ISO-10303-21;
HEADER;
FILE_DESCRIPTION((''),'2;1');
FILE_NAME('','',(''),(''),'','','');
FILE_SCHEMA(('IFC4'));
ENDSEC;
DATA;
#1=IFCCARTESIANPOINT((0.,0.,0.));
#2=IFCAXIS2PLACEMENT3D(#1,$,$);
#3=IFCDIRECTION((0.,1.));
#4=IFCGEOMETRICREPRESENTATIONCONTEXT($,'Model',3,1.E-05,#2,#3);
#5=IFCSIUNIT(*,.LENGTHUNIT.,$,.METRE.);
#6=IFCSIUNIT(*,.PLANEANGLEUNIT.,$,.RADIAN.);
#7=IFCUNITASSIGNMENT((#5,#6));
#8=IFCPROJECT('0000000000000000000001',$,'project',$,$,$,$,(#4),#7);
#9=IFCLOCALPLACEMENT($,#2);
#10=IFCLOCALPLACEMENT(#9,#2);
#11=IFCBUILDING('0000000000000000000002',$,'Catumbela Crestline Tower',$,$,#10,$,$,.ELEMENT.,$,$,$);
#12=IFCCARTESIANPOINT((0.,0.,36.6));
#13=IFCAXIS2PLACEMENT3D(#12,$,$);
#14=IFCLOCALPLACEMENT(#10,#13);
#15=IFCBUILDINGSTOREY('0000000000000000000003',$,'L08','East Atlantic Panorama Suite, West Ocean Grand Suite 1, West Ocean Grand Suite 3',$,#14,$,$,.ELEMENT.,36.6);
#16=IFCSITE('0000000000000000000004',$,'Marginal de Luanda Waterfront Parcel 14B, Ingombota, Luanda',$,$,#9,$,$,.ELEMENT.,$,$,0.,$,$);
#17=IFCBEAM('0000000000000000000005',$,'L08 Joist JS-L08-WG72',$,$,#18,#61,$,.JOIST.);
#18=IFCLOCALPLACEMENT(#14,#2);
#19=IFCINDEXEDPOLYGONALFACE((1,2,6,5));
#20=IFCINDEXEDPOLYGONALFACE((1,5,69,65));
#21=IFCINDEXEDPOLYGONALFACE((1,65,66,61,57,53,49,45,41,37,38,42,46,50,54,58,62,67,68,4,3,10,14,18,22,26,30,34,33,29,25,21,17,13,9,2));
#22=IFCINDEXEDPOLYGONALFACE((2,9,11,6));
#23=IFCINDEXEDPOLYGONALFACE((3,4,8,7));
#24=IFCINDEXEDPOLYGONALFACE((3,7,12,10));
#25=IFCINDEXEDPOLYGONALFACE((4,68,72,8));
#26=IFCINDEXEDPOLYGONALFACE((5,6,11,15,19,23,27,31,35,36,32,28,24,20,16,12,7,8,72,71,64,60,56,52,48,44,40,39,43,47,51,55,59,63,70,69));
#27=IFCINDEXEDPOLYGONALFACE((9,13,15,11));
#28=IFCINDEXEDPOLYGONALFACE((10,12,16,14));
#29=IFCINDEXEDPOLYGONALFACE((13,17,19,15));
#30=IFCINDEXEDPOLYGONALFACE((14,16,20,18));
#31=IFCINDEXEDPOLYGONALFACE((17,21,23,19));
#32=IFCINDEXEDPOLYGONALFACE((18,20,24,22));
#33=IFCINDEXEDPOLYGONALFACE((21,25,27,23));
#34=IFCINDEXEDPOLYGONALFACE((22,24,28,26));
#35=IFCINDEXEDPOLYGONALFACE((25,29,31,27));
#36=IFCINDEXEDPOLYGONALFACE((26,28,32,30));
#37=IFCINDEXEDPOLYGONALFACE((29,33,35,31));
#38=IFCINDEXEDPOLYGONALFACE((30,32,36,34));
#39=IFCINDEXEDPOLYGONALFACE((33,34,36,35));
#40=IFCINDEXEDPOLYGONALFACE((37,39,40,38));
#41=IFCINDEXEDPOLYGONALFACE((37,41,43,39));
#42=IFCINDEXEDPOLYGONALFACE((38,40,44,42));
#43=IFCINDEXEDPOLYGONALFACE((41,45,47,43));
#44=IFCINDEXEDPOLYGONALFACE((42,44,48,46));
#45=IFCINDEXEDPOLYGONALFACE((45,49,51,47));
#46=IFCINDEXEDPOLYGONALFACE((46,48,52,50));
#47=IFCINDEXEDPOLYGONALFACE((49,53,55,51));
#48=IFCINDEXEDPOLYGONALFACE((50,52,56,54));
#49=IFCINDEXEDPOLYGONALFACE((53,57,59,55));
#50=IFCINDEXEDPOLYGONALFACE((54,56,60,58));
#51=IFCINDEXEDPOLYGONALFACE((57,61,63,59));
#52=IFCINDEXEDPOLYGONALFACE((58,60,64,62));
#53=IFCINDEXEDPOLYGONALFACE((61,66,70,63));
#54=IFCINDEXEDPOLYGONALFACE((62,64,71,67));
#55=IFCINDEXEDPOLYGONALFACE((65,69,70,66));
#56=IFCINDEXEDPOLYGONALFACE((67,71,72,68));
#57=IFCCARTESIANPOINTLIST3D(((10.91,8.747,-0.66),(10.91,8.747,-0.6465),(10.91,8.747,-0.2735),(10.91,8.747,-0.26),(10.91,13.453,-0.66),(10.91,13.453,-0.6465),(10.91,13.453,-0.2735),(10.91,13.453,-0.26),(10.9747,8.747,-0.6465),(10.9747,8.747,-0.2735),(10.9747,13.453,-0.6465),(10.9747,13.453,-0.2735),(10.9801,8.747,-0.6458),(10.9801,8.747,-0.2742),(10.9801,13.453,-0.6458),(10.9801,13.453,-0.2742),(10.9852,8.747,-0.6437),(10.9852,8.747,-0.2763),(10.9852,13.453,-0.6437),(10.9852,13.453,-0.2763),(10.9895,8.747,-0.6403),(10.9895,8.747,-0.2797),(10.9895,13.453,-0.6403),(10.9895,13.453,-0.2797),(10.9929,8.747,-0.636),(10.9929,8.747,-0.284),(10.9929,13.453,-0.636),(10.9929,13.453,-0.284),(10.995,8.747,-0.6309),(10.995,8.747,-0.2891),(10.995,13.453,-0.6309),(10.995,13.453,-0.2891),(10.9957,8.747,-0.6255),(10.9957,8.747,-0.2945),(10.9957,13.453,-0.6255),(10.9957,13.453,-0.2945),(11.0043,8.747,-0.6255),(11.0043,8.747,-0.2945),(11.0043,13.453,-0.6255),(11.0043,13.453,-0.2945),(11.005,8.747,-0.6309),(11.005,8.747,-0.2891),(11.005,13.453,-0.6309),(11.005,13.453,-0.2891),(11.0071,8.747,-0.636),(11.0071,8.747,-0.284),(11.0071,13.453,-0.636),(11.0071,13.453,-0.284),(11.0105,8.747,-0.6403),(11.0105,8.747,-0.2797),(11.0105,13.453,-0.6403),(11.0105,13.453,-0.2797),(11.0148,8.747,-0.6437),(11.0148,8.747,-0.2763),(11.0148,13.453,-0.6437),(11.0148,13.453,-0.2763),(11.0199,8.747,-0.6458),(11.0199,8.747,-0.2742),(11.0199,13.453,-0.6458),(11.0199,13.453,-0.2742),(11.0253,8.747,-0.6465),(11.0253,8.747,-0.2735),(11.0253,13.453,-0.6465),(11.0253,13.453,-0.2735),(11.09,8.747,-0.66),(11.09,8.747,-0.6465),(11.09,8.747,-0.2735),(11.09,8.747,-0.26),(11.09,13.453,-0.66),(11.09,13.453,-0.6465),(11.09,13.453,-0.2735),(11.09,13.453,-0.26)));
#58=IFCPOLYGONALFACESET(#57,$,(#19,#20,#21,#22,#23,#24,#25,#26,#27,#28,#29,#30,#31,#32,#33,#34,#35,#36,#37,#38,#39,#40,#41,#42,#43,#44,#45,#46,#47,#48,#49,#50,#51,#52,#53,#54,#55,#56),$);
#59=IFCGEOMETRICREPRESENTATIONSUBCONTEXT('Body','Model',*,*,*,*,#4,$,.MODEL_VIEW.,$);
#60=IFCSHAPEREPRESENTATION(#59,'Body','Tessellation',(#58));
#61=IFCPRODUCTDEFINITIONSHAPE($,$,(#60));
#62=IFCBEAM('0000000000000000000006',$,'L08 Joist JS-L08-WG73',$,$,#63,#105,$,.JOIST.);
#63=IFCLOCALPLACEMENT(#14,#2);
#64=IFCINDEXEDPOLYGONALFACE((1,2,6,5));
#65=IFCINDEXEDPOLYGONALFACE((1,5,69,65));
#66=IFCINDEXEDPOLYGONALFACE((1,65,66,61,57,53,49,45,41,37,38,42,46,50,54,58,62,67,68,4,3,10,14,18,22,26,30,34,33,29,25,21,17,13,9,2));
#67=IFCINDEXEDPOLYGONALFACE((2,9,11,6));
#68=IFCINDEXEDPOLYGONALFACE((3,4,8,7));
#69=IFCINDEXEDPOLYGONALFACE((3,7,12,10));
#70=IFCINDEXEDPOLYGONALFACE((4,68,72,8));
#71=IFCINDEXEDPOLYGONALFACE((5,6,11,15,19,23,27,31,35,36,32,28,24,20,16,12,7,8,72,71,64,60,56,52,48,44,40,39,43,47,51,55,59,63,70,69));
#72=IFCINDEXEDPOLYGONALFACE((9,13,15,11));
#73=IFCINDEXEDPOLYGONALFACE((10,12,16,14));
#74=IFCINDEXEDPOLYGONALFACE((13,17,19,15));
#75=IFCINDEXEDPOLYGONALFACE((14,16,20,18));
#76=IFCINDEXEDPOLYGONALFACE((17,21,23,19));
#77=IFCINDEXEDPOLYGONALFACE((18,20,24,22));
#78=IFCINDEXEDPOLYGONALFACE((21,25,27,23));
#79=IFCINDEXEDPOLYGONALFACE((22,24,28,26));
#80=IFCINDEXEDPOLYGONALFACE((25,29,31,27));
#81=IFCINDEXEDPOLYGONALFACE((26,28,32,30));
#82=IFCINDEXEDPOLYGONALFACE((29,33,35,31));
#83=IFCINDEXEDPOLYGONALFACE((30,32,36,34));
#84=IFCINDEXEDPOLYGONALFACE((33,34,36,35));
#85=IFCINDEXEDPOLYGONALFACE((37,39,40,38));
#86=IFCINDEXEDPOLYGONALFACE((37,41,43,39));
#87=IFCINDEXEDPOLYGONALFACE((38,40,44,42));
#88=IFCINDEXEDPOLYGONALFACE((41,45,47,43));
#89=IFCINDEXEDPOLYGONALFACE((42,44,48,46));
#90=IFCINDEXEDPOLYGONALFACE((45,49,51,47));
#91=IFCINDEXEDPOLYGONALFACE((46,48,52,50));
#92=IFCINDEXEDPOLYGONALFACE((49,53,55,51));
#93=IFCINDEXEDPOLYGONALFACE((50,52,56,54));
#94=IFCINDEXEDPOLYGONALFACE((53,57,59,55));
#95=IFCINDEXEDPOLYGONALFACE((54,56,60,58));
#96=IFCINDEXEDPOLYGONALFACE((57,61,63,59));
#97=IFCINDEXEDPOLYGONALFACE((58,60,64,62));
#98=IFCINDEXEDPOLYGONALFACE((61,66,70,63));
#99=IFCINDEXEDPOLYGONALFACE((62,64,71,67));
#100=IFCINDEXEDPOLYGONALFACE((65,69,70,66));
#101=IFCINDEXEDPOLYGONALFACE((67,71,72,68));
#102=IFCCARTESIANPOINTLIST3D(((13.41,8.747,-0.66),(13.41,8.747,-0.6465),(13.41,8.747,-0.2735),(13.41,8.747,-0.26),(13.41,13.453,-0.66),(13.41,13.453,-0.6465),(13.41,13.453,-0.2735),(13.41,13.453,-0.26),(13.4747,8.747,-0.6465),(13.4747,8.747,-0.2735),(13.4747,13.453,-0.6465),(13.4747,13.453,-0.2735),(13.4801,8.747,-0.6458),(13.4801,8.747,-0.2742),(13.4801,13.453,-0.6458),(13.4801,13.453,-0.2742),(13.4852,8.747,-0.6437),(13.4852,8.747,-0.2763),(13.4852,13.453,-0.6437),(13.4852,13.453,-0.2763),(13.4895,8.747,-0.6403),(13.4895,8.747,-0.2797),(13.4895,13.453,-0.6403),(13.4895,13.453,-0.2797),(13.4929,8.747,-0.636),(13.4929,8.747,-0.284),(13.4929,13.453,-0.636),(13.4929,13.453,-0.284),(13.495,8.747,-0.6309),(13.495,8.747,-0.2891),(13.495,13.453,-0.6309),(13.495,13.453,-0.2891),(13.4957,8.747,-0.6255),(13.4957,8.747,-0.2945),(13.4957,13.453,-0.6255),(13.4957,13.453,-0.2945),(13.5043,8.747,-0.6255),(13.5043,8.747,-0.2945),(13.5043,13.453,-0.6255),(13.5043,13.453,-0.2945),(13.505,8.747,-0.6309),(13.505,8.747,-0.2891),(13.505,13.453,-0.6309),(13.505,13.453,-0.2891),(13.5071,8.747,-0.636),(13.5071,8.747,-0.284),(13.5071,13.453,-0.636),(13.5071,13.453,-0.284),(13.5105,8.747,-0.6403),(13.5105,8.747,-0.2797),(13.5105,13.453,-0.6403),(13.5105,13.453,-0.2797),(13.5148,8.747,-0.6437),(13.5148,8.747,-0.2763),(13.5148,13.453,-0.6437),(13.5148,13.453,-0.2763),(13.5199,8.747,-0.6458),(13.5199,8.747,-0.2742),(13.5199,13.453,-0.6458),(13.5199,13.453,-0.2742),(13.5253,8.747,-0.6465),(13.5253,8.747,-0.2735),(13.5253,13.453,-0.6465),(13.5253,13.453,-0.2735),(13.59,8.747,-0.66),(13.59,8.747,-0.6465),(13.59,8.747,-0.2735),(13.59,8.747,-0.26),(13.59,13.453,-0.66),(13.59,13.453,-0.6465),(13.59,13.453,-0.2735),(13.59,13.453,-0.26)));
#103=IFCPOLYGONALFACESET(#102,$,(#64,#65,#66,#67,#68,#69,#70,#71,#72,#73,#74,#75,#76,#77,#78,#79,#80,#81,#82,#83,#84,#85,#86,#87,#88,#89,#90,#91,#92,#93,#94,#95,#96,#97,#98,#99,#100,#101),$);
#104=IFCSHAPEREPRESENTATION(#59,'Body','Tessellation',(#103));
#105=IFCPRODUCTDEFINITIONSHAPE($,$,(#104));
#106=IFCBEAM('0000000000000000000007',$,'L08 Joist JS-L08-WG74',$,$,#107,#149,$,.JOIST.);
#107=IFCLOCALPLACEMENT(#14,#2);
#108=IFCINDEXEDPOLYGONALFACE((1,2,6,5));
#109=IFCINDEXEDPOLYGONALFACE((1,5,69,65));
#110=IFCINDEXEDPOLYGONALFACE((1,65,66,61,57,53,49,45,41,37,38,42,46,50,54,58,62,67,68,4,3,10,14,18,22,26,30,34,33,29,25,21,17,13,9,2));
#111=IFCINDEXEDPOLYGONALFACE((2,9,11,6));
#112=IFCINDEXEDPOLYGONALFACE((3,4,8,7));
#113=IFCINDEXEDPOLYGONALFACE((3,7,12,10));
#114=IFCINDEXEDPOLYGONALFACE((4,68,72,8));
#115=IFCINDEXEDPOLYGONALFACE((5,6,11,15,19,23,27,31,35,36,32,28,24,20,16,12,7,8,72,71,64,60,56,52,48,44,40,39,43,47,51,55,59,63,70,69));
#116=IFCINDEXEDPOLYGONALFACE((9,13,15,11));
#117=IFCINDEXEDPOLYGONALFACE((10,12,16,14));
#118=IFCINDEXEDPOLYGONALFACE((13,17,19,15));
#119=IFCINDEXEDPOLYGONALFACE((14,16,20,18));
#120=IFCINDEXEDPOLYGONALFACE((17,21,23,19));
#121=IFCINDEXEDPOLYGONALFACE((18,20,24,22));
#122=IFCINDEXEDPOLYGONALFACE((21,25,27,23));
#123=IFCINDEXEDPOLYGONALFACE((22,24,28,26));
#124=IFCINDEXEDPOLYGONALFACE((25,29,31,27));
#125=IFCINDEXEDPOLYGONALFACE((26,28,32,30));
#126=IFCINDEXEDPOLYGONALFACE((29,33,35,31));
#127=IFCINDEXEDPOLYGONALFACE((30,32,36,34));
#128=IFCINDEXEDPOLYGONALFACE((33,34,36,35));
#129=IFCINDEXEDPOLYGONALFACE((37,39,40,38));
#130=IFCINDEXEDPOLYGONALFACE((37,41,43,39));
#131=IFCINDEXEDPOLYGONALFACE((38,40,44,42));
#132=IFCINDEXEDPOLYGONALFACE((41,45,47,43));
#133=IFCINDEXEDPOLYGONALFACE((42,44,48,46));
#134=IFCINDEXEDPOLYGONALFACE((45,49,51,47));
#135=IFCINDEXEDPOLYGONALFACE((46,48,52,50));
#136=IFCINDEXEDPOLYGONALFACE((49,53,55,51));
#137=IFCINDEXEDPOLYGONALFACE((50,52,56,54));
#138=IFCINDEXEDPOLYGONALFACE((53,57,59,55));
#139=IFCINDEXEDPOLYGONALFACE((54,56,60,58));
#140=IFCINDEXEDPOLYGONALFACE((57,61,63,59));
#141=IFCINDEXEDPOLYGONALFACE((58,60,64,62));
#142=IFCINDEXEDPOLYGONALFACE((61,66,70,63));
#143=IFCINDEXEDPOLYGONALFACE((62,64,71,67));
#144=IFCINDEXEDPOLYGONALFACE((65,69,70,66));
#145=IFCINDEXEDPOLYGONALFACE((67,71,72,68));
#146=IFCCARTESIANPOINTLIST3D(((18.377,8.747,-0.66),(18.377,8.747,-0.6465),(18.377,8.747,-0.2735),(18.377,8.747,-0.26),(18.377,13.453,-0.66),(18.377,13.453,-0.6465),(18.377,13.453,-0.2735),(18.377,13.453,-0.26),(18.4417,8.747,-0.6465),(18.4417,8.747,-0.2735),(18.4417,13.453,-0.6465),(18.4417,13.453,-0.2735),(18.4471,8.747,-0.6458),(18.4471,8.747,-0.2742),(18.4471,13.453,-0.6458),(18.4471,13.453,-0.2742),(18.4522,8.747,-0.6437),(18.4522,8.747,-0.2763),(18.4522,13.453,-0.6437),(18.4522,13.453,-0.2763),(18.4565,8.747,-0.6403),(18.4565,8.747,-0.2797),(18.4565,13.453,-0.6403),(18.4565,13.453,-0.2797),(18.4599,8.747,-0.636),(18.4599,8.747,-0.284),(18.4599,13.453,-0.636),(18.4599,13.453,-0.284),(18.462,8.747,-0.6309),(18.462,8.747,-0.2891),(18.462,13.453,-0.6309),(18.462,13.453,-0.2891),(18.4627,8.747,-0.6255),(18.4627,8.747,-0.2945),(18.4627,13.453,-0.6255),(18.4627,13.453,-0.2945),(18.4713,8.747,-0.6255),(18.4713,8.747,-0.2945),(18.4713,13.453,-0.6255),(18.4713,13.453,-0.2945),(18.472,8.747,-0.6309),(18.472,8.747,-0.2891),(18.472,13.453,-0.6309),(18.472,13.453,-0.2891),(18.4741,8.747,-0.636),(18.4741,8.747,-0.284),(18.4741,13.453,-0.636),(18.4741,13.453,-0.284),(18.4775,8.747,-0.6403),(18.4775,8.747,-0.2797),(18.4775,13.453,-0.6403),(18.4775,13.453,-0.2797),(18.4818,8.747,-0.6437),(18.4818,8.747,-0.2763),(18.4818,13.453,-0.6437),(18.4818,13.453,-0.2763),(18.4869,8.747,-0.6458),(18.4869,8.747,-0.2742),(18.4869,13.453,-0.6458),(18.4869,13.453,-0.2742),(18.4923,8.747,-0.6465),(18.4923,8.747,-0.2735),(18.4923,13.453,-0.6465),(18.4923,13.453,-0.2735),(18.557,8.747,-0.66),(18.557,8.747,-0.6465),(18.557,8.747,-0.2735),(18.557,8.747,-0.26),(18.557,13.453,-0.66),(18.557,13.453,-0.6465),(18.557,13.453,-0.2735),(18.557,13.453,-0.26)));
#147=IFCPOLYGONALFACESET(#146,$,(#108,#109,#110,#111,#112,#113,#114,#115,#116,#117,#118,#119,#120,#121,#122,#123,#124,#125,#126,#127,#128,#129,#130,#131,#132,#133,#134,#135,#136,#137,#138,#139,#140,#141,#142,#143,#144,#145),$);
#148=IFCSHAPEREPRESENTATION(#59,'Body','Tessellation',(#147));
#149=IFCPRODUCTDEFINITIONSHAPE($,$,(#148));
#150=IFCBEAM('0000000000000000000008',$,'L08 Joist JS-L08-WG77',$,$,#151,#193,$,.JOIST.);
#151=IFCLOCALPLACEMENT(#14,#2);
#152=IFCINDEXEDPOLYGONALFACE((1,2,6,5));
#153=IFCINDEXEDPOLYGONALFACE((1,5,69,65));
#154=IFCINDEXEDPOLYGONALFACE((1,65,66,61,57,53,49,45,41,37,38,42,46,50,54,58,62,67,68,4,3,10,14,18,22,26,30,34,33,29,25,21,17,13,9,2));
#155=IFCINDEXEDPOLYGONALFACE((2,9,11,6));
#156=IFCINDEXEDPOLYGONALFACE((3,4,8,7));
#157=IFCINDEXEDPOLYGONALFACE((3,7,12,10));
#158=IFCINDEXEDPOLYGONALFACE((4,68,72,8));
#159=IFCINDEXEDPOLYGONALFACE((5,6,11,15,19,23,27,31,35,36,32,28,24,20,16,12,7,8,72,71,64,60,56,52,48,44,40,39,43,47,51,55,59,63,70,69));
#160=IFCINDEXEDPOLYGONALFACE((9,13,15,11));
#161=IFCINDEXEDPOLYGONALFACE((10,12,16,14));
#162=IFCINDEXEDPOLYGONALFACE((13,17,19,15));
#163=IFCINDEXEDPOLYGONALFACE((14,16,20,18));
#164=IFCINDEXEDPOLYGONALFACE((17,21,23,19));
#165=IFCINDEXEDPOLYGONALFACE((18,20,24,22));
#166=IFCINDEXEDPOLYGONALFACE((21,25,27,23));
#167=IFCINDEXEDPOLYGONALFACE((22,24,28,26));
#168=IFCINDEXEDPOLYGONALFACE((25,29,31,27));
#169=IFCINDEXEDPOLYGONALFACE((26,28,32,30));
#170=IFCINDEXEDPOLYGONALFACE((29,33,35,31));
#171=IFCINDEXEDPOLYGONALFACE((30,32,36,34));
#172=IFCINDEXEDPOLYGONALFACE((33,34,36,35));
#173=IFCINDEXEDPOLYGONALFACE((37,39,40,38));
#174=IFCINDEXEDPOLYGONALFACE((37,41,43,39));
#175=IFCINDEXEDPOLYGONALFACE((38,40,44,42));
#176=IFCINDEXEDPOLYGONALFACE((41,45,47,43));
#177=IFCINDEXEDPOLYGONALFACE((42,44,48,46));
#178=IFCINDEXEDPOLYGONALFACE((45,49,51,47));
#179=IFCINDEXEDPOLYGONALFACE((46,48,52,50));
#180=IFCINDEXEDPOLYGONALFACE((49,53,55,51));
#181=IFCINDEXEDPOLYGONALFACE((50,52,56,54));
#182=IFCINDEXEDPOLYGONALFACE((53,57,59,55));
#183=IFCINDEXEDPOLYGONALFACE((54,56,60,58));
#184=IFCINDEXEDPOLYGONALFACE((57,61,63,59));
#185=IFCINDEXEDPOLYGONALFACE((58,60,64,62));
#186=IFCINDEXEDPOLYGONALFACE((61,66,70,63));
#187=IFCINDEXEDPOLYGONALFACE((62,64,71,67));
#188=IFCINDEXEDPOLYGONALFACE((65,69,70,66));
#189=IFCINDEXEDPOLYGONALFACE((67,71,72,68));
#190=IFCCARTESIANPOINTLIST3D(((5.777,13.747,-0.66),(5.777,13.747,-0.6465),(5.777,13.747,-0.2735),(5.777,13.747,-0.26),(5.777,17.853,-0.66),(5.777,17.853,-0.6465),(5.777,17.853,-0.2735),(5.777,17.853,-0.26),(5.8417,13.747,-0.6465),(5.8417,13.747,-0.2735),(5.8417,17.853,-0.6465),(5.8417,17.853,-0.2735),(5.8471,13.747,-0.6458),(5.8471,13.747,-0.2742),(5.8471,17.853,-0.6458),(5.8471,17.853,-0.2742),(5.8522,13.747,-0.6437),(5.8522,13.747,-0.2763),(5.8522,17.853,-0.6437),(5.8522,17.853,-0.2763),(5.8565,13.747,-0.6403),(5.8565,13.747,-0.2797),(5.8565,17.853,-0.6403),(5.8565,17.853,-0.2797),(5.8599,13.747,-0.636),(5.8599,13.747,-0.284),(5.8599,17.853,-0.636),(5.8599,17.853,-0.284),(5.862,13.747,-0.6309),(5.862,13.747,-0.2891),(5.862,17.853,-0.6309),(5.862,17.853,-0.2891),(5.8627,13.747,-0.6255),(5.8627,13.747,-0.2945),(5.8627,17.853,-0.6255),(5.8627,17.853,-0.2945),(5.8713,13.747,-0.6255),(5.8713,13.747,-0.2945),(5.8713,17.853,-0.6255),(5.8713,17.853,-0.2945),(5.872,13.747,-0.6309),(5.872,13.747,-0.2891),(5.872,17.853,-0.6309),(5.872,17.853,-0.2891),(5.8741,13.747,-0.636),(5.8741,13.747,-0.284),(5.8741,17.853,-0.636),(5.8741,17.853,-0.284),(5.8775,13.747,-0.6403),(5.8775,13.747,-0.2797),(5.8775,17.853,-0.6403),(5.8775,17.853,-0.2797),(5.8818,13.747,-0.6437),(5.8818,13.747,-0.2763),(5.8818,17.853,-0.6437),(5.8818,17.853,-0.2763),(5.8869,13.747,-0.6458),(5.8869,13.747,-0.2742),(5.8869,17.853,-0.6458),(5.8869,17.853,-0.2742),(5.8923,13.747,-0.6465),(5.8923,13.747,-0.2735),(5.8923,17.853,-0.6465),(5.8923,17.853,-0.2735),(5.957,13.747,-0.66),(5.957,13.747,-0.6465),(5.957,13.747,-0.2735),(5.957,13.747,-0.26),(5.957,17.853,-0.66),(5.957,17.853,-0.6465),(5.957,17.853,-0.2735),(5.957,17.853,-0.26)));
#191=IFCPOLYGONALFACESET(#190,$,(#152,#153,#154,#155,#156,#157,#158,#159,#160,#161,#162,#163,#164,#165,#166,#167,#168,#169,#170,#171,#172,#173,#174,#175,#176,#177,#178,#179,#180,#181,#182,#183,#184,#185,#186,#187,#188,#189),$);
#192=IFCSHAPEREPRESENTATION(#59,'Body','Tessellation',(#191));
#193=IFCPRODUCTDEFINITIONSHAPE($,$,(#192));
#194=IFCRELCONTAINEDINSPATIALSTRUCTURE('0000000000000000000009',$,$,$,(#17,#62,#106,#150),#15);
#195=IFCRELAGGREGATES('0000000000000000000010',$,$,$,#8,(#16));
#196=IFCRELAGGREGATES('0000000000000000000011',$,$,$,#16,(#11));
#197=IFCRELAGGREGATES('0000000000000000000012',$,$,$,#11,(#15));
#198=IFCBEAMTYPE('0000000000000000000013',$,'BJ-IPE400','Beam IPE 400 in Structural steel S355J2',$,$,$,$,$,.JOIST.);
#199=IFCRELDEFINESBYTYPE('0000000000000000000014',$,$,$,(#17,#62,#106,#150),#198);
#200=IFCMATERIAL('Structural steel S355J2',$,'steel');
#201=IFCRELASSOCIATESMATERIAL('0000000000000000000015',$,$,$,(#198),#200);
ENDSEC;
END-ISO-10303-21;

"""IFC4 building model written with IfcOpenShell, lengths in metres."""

from ifc_helpers import new_model, si_unit, direction, frame, origin, origin_2d, place, context, subcontext, project, spatial, i_section, extrude, material, material_profile, profile_set, type_object, element, save


model = new_model("IFC4")

# Units and contexts
model_context = context("Model", 3, precision=1e-05, world=origin(), true_north=direction((0.0, 1.0)))
body_context = subcontext(model_context, "Body", "Model", "MODEL_VIEW")
ifc_project = project(units=[si_unit("LENGTHUNIT", "METRE"), si_unit("PLANEANGLEUNIT", "RADIAN")], contexts=[model_context])

# Site, building, storey
site_placement = place(None, origin())
site = spatial("IfcSite", under=ifc_project, at=site_placement, Name="Marginal de Luanda Waterfront Parcel 14B, Ingombota, Luanda", CompositionType="ELEMENT", RefElevation=0.0)
building_placement = place(site_placement, origin())
building = spatial("IfcBuilding", under=site, at=building_placement, Name="Catumbela Crestline Tower", CompositionType="ELEMENT")
storey_placement = place(building_placement, frame((0.0, 0.0, 36.6)))
storey = spatial("IfcBuildingStorey", under=building, at=storey_placement, Name="L08", Description="East Atlantic Panorama Suite, West Ocean Grand Suite 1, West Ocean Grand Suite 3", CompositionType="ELEMENT", Elevation=36.6)

# Beams
ifc_material_1 = material(Name="Structural steel S355J2", Category="steel")
ifc_material_profile_1 = material_profile(ifc_material_1, i_section(OverallWidth=0.18, OverallDepth=0.4, WebThickness=0.0086, FlangeThickness=0.0135, FilletRadius=0.021, at=origin_2d()), Name="IPE 400")
ifc_profile_set_1 = profile_set([ifc_material_profile_1], Name="Structural steel S355J2")
beam_type_1 = type_object("IfcBeamType", Name="BJ-IPE400", Description="Beam IPE 400 in Structural steel S355J2", PredefinedType="JOIST", material=ifc_profile_set_1)
for number, where, z_axis, x_axis, name in (
    (1, (11.0, 8.747, -0.46), (0.0, 1.0, 0.0), (-1.0, 0.0, 0.0), "L08 Joist JS-L08-WG72"),
    (2, (13.5, 8.747, -0.46), (0.0, 1.0, 0.0), (-1.0, 0.0, 0.0), "L08 Joist JS-L08-WG73"),
    (3, (18.467, 8.747, -0.46), (0.0, 1.0, 0.0), (-1.0, 0.0, 0.0), "L08 Joist JS-L08-WG74"),
):
    element("IfcBeam", number, at=place(storey_placement, frame(where, z_axis=z_axis, x_axis=x_axis)), inside=storey, type_object=beam_type_1, Name=name, PredefinedType="JOIST", context=body_context, shape_type="SweptSolid", body=[
        extrude(i_section(OverallWidth=0.18, OverallDepth=0.4, WebThickness=0.0086, FlangeThickness=0.0135, FilletRadius=0.021, at=origin_2d()), origin(), (0.0, 0.0, 1.0), 4.706),
    ])
for number, where, z_axis, x_axis, name in (
    (4, (5.867, 13.747, -0.46), (0.0, 1.0, 0.0), (-1.0, 0.0, 0.0), "L08 Joist JS-L08-WG77"),
):
    element("IfcBeam", number, at=place(storey_placement, frame(where, z_axis=z_axis, x_axis=x_axis)), inside=storey, type_object=beam_type_1, Name=name, PredefinedType="JOIST", context=body_context, shape_type="SweptSolid", body=[
        extrude(i_section(OverallWidth=0.18, OverallDepth=0.4, WebThickness=0.0086, FlangeThickness=0.0135, FilletRadius=0.021, at=origin_2d()), origin(), (0.0, 0.0, 1.0), 4.106),
    ])

save(model, "model.ifc")
